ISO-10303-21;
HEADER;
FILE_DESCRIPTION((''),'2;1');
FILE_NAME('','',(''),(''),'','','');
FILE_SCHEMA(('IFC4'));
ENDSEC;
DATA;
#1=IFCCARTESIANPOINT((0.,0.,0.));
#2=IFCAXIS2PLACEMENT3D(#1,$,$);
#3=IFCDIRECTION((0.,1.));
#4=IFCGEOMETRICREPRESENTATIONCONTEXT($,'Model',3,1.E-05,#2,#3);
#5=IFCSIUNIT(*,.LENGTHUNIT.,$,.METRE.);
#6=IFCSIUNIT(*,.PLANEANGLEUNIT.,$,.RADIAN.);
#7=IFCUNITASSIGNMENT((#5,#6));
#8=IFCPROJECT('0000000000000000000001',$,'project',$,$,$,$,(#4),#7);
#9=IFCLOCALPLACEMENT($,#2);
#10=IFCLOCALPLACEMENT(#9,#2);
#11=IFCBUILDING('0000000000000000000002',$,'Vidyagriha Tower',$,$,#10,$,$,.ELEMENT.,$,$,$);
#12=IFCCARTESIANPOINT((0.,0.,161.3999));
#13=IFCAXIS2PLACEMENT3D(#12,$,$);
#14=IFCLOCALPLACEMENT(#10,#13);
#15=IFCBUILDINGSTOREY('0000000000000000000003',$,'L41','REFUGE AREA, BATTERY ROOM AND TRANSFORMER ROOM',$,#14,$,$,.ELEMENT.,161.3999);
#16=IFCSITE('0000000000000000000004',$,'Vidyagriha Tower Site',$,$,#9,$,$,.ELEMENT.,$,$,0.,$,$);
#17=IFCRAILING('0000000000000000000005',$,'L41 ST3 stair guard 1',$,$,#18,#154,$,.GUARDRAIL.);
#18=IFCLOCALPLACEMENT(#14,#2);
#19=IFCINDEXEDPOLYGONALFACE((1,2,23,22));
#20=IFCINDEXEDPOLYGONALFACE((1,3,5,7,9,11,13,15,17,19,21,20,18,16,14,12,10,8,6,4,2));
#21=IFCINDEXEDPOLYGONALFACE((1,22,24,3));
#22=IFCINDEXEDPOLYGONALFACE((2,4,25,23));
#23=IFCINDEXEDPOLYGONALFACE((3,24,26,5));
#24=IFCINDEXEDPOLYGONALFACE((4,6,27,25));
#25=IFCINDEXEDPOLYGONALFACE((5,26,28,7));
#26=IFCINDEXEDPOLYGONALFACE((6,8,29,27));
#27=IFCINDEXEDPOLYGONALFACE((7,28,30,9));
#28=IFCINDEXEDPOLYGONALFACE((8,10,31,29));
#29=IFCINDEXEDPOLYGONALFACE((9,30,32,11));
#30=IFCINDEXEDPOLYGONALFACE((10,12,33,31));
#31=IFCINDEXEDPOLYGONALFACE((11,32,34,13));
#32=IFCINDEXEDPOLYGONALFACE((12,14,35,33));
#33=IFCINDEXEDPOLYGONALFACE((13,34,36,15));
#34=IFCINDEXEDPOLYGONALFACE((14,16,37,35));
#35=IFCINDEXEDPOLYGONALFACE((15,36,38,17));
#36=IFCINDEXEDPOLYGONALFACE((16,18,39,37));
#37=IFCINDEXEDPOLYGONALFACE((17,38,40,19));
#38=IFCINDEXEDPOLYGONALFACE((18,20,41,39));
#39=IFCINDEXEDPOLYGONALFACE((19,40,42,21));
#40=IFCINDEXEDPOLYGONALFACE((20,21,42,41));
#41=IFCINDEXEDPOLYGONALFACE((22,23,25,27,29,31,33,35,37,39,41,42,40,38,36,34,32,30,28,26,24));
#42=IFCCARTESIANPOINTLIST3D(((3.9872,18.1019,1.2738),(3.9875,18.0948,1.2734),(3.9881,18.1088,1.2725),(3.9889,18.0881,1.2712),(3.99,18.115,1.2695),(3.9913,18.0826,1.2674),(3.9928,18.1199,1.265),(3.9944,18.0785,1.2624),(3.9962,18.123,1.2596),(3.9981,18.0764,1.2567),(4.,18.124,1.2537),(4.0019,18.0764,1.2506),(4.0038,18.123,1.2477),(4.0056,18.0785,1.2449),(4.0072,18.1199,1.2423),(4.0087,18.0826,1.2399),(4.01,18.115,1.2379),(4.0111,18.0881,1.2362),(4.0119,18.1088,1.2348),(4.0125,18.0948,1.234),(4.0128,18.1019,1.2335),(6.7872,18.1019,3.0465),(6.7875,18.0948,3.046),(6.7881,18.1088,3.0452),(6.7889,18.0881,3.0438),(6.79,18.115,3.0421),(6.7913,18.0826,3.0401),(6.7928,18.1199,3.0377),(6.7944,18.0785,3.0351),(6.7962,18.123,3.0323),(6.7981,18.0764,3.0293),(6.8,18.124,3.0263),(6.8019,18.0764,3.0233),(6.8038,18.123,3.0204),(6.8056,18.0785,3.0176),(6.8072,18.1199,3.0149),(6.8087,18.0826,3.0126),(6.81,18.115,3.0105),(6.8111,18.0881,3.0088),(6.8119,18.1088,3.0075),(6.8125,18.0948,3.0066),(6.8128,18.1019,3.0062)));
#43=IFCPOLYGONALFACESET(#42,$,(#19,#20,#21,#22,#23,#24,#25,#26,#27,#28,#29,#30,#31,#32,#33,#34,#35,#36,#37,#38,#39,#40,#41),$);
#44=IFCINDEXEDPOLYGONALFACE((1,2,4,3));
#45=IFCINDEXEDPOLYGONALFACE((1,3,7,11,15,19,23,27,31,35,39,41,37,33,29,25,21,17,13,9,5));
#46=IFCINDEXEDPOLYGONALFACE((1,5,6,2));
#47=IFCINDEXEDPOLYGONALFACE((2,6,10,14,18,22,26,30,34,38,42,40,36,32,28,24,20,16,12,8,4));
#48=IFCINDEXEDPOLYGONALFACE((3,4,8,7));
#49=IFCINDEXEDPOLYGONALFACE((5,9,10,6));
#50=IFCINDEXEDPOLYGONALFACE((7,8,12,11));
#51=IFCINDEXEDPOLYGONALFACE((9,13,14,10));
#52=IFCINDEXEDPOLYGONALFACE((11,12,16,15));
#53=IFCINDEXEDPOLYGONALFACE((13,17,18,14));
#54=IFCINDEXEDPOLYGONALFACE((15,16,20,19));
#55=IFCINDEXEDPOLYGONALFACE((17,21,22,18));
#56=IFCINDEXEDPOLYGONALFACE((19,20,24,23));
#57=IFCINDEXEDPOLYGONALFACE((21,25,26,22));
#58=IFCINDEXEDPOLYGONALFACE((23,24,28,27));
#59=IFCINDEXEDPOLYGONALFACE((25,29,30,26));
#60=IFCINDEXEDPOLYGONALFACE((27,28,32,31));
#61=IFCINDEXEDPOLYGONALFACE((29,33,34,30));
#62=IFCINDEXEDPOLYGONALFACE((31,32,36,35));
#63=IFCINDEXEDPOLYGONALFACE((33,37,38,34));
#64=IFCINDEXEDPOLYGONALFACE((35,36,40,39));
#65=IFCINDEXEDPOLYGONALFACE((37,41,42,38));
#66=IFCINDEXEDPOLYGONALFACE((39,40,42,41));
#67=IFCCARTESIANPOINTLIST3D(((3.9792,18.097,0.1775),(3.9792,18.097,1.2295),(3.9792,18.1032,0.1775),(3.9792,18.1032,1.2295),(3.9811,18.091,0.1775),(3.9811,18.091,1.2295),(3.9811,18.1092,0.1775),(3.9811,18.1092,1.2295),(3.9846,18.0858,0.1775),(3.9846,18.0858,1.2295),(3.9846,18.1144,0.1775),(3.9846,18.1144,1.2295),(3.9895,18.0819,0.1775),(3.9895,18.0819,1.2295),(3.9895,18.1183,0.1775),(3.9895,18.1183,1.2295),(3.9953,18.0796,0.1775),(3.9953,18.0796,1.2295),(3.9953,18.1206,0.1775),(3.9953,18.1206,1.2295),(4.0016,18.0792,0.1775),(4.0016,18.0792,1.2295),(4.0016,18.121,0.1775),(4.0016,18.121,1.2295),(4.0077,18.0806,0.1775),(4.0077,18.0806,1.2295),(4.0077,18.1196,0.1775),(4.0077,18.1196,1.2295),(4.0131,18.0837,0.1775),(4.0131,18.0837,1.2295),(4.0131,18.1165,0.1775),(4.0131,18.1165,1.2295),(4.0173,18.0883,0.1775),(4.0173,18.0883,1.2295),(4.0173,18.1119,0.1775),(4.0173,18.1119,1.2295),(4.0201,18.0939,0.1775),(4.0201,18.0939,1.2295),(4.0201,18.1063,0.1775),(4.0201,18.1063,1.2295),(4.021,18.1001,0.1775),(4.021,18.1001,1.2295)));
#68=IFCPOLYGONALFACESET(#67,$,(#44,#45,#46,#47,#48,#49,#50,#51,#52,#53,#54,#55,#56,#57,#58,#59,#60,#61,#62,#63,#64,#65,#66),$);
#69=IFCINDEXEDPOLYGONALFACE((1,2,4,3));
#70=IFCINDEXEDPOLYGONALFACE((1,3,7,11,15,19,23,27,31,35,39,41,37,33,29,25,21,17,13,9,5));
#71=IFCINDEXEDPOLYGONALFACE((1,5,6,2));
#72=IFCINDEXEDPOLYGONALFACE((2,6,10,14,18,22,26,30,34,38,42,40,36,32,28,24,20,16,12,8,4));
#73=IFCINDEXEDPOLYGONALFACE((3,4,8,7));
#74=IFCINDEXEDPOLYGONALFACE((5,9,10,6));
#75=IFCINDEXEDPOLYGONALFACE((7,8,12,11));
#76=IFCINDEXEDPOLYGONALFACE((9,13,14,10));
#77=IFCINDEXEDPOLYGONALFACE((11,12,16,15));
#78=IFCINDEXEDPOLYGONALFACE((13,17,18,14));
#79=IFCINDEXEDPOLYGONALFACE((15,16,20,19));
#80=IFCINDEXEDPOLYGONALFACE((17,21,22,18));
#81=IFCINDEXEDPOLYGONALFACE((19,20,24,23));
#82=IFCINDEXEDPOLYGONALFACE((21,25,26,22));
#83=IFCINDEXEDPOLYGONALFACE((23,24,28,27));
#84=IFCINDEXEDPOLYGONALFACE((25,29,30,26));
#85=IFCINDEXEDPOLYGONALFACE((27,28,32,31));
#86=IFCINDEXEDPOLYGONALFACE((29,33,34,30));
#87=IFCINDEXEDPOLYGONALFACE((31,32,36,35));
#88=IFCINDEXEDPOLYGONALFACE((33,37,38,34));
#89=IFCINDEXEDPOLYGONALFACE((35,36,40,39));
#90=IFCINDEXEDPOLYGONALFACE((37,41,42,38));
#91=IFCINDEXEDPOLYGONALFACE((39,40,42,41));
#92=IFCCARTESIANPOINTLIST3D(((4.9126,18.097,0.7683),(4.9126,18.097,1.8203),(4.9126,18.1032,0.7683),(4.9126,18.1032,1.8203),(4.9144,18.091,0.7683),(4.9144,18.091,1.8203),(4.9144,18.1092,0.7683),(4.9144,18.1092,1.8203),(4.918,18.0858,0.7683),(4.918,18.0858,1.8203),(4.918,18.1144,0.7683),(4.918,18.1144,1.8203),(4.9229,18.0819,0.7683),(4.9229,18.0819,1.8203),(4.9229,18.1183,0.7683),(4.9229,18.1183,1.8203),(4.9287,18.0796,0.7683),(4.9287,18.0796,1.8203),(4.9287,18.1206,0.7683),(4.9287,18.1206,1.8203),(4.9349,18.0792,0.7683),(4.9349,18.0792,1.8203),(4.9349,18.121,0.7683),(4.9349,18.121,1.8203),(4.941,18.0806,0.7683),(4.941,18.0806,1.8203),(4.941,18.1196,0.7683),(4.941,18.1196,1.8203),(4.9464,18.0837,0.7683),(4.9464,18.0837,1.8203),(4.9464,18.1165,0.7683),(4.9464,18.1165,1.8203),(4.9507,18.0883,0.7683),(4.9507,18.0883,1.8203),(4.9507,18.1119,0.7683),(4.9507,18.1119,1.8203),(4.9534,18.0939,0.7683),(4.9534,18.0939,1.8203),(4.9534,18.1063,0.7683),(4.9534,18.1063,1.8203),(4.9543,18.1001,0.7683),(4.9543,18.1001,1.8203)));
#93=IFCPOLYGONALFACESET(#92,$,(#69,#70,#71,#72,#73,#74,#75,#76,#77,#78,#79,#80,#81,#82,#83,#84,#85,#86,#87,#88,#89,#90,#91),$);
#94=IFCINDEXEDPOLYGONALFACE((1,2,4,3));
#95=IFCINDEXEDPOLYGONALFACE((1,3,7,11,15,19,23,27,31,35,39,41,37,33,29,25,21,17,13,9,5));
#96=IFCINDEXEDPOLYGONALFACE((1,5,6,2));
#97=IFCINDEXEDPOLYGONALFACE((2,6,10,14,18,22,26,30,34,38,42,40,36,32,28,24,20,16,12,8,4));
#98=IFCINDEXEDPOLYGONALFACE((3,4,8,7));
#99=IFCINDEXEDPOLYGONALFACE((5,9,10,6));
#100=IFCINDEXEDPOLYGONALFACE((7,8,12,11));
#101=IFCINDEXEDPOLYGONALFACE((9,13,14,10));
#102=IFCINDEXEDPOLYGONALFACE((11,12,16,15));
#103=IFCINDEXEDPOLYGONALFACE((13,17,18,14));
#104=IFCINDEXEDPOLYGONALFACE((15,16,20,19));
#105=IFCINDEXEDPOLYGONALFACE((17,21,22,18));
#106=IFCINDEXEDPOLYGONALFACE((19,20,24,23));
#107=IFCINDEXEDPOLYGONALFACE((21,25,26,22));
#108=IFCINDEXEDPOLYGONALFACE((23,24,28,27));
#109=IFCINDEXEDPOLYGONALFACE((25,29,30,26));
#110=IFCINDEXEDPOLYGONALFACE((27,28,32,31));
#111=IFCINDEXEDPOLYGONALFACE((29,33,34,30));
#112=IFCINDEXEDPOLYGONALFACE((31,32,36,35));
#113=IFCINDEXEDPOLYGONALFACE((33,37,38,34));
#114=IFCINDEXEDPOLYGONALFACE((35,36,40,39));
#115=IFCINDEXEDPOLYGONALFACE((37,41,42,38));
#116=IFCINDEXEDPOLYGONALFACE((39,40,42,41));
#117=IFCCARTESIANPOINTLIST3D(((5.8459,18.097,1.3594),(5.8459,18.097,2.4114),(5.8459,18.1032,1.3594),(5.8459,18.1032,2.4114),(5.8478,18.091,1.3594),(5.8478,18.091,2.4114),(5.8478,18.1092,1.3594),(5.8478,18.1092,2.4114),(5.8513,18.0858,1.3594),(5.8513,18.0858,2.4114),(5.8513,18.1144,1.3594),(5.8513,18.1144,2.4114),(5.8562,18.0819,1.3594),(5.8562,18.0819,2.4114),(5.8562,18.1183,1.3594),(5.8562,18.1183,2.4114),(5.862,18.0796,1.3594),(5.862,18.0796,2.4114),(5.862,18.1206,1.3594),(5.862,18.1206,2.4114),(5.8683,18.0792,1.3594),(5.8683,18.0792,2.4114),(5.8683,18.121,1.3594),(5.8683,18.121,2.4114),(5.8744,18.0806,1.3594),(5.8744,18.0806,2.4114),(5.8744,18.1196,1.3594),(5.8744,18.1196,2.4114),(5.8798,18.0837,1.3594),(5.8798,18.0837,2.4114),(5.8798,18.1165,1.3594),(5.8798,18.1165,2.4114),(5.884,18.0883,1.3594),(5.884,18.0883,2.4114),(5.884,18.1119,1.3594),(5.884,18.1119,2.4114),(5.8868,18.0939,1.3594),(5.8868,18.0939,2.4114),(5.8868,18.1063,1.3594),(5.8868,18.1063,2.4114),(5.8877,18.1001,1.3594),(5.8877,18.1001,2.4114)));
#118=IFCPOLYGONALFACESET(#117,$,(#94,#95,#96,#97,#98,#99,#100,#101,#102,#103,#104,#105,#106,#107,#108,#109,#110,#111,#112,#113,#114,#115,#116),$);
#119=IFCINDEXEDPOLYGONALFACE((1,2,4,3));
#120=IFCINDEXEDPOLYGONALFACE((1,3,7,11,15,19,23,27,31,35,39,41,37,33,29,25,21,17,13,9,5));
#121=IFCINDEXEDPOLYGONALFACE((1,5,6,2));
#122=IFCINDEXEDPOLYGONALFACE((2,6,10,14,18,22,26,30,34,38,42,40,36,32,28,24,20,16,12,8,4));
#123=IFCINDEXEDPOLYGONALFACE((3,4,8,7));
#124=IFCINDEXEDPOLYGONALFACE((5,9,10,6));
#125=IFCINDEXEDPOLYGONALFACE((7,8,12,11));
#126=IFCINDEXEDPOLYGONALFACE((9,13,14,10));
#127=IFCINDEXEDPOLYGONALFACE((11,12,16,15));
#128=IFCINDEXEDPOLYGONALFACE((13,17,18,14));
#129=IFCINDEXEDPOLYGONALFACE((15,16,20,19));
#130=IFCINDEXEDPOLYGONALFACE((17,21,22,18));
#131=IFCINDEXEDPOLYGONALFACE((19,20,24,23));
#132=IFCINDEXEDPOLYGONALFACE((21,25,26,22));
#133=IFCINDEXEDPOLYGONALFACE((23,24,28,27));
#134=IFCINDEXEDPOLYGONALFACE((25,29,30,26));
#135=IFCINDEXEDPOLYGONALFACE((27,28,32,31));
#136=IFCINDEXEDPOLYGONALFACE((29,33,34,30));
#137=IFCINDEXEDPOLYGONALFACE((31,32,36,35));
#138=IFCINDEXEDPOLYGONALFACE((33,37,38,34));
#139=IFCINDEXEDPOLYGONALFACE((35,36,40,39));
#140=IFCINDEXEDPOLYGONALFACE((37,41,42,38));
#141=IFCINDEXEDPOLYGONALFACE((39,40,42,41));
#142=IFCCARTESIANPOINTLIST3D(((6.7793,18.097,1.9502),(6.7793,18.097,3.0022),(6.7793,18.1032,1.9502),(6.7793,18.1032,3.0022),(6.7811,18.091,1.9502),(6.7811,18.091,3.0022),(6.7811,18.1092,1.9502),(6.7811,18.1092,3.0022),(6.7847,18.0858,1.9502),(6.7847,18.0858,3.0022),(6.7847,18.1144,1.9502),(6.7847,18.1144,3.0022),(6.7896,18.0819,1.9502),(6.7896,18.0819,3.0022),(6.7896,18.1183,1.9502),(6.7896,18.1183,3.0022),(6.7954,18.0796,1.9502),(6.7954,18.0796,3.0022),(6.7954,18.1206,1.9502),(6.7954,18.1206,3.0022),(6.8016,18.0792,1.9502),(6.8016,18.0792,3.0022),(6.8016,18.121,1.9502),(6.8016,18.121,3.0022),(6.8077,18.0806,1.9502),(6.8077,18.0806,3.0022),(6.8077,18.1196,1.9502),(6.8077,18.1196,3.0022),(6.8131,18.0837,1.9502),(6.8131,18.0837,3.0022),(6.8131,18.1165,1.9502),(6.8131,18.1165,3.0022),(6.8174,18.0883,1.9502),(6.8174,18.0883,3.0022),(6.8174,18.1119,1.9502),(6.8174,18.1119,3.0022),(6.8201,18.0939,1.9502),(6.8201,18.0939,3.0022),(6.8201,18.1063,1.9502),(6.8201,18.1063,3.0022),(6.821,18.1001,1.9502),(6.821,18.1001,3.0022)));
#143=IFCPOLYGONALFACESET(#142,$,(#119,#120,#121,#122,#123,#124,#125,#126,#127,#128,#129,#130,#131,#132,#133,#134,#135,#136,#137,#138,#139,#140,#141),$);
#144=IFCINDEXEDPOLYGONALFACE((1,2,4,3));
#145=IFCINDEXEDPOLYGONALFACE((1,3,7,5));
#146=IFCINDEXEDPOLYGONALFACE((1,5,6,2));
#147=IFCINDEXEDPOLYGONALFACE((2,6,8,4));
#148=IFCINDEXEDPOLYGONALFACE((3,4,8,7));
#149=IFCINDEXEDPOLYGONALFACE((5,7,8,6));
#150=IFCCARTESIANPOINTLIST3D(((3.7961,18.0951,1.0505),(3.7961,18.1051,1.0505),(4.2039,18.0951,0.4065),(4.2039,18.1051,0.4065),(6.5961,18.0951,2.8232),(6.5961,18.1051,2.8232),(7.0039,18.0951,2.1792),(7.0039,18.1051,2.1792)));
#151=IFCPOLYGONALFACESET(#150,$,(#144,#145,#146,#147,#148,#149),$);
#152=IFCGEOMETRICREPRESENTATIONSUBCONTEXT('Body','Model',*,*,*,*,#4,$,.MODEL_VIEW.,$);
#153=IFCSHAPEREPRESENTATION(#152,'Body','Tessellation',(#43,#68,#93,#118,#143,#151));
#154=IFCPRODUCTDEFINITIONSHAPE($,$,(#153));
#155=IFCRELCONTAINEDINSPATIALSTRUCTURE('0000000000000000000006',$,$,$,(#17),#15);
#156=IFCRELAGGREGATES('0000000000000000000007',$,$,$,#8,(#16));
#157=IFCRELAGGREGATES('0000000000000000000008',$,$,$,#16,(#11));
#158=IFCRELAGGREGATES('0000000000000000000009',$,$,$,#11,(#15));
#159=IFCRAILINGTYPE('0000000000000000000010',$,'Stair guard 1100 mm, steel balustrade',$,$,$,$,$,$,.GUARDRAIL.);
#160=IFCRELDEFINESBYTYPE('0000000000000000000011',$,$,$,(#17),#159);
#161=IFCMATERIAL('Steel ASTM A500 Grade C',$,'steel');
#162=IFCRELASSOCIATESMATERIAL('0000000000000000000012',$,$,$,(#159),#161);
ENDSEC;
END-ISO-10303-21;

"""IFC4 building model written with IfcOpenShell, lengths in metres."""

from ifc_helpers import new_model, si_unit, direction, frame, origin, origin_2d, place, context, subcontext, project, spatial, rectangle, circle, extrude, material, type_object, element, save


model = new_model("IFC4")

# Units and contexts
model_context = context("Model", 3, precision=1e-05, world=origin(), true_north=direction((0.0, 1.0)))
body_context = subcontext(model_context, "Body", "Model", "MODEL_VIEW")
ifc_project = project(units=[si_unit("LENGTHUNIT", "METRE"), si_unit("PLANEANGLEUNIT", "RADIAN")], contexts=[model_context])

# Site, building, storey
site_placement = place(None, origin())
site = spatial("IfcSite", under=ifc_project, at=site_placement, Name="Vidyagriha Tower Site", CompositionType="ELEMENT", RefElevation=0.0)
building_placement = place(site_placement, origin())
building = spatial("IfcBuilding", under=site, at=building_placement, Name="Vidyagriha Tower", CompositionType="ELEMENT")
storey_placement = place(building_placement, frame((0.0, 0.0, 161.3999)))
storey = spatial("IfcBuildingStorey", under=building, at=storey_placement, Name="L41", Description="REFUGE AREA, BATTERY ROOM AND TRANSFORMER ROOM", CompositionType="ELEMENT", Elevation=161.3999)

# Railing
ifc_material_1 = material(Name="Steel ASTM A500 Grade C", Category="steel")
railing_type_1 = type_object("IfcRailingType", Name="Stair guard 1100 mm, steel balustrade", PredefinedType="GUARDRAIL", material=ifc_material_1)
railing_1_placement = place(storey_placement, frame((4.0, 18.1001, 0.1775)))
element("IfcRailing", 1, at=railing_1_placement, inside=storey, type_object=railing_type_1, Name="L41 ST3 stair guard 1", PredefinedType="GUARDRAIL", context=body_context, shape_type="SweptSolid", body=[
    extrude(circle(Radius=0.0239, at=origin_2d()), frame((0.0, 0.0, 1.0762), z_axis=(0.844909, 0.0, 0.53491), x_axis=(0.0, 1.0, 0.0)), (0.0, 0.0, 1.0), 3.314),
    extrude(circle(Radius=0.021, at=origin_2d()), origin(), (0.0, 0.0, 1.0), 1.052),
    extrude(circle(Radius=0.021, at=origin_2d()), frame((0.9333, 0.0, 0.5908)), (0.0, 0.0, 1.0), 1.052),
    extrude(circle(Radius=0.021, at=origin_2d()), frame((1.8667, 0.0, 1.1819)), (0.0, 0.0, 1.0), 1.052),
    extrude(circle(Radius=0.021, at=origin_2d()), frame((2.8, 0.0, 1.7727)), (0.0, 0.0, 1.0), 1.052),
    extrude(rectangle(XDim=0.01, YDim=0.7622, at=origin_2d()), frame((0.0, 0.0, 0.551), z_axis=(0.844909, 0.0, 0.53491), x_axis=(0.0, 1.0, 0.0)), (0.0, 0.0, 1.0), 3.314),
])

save(model, "model.ifc")
